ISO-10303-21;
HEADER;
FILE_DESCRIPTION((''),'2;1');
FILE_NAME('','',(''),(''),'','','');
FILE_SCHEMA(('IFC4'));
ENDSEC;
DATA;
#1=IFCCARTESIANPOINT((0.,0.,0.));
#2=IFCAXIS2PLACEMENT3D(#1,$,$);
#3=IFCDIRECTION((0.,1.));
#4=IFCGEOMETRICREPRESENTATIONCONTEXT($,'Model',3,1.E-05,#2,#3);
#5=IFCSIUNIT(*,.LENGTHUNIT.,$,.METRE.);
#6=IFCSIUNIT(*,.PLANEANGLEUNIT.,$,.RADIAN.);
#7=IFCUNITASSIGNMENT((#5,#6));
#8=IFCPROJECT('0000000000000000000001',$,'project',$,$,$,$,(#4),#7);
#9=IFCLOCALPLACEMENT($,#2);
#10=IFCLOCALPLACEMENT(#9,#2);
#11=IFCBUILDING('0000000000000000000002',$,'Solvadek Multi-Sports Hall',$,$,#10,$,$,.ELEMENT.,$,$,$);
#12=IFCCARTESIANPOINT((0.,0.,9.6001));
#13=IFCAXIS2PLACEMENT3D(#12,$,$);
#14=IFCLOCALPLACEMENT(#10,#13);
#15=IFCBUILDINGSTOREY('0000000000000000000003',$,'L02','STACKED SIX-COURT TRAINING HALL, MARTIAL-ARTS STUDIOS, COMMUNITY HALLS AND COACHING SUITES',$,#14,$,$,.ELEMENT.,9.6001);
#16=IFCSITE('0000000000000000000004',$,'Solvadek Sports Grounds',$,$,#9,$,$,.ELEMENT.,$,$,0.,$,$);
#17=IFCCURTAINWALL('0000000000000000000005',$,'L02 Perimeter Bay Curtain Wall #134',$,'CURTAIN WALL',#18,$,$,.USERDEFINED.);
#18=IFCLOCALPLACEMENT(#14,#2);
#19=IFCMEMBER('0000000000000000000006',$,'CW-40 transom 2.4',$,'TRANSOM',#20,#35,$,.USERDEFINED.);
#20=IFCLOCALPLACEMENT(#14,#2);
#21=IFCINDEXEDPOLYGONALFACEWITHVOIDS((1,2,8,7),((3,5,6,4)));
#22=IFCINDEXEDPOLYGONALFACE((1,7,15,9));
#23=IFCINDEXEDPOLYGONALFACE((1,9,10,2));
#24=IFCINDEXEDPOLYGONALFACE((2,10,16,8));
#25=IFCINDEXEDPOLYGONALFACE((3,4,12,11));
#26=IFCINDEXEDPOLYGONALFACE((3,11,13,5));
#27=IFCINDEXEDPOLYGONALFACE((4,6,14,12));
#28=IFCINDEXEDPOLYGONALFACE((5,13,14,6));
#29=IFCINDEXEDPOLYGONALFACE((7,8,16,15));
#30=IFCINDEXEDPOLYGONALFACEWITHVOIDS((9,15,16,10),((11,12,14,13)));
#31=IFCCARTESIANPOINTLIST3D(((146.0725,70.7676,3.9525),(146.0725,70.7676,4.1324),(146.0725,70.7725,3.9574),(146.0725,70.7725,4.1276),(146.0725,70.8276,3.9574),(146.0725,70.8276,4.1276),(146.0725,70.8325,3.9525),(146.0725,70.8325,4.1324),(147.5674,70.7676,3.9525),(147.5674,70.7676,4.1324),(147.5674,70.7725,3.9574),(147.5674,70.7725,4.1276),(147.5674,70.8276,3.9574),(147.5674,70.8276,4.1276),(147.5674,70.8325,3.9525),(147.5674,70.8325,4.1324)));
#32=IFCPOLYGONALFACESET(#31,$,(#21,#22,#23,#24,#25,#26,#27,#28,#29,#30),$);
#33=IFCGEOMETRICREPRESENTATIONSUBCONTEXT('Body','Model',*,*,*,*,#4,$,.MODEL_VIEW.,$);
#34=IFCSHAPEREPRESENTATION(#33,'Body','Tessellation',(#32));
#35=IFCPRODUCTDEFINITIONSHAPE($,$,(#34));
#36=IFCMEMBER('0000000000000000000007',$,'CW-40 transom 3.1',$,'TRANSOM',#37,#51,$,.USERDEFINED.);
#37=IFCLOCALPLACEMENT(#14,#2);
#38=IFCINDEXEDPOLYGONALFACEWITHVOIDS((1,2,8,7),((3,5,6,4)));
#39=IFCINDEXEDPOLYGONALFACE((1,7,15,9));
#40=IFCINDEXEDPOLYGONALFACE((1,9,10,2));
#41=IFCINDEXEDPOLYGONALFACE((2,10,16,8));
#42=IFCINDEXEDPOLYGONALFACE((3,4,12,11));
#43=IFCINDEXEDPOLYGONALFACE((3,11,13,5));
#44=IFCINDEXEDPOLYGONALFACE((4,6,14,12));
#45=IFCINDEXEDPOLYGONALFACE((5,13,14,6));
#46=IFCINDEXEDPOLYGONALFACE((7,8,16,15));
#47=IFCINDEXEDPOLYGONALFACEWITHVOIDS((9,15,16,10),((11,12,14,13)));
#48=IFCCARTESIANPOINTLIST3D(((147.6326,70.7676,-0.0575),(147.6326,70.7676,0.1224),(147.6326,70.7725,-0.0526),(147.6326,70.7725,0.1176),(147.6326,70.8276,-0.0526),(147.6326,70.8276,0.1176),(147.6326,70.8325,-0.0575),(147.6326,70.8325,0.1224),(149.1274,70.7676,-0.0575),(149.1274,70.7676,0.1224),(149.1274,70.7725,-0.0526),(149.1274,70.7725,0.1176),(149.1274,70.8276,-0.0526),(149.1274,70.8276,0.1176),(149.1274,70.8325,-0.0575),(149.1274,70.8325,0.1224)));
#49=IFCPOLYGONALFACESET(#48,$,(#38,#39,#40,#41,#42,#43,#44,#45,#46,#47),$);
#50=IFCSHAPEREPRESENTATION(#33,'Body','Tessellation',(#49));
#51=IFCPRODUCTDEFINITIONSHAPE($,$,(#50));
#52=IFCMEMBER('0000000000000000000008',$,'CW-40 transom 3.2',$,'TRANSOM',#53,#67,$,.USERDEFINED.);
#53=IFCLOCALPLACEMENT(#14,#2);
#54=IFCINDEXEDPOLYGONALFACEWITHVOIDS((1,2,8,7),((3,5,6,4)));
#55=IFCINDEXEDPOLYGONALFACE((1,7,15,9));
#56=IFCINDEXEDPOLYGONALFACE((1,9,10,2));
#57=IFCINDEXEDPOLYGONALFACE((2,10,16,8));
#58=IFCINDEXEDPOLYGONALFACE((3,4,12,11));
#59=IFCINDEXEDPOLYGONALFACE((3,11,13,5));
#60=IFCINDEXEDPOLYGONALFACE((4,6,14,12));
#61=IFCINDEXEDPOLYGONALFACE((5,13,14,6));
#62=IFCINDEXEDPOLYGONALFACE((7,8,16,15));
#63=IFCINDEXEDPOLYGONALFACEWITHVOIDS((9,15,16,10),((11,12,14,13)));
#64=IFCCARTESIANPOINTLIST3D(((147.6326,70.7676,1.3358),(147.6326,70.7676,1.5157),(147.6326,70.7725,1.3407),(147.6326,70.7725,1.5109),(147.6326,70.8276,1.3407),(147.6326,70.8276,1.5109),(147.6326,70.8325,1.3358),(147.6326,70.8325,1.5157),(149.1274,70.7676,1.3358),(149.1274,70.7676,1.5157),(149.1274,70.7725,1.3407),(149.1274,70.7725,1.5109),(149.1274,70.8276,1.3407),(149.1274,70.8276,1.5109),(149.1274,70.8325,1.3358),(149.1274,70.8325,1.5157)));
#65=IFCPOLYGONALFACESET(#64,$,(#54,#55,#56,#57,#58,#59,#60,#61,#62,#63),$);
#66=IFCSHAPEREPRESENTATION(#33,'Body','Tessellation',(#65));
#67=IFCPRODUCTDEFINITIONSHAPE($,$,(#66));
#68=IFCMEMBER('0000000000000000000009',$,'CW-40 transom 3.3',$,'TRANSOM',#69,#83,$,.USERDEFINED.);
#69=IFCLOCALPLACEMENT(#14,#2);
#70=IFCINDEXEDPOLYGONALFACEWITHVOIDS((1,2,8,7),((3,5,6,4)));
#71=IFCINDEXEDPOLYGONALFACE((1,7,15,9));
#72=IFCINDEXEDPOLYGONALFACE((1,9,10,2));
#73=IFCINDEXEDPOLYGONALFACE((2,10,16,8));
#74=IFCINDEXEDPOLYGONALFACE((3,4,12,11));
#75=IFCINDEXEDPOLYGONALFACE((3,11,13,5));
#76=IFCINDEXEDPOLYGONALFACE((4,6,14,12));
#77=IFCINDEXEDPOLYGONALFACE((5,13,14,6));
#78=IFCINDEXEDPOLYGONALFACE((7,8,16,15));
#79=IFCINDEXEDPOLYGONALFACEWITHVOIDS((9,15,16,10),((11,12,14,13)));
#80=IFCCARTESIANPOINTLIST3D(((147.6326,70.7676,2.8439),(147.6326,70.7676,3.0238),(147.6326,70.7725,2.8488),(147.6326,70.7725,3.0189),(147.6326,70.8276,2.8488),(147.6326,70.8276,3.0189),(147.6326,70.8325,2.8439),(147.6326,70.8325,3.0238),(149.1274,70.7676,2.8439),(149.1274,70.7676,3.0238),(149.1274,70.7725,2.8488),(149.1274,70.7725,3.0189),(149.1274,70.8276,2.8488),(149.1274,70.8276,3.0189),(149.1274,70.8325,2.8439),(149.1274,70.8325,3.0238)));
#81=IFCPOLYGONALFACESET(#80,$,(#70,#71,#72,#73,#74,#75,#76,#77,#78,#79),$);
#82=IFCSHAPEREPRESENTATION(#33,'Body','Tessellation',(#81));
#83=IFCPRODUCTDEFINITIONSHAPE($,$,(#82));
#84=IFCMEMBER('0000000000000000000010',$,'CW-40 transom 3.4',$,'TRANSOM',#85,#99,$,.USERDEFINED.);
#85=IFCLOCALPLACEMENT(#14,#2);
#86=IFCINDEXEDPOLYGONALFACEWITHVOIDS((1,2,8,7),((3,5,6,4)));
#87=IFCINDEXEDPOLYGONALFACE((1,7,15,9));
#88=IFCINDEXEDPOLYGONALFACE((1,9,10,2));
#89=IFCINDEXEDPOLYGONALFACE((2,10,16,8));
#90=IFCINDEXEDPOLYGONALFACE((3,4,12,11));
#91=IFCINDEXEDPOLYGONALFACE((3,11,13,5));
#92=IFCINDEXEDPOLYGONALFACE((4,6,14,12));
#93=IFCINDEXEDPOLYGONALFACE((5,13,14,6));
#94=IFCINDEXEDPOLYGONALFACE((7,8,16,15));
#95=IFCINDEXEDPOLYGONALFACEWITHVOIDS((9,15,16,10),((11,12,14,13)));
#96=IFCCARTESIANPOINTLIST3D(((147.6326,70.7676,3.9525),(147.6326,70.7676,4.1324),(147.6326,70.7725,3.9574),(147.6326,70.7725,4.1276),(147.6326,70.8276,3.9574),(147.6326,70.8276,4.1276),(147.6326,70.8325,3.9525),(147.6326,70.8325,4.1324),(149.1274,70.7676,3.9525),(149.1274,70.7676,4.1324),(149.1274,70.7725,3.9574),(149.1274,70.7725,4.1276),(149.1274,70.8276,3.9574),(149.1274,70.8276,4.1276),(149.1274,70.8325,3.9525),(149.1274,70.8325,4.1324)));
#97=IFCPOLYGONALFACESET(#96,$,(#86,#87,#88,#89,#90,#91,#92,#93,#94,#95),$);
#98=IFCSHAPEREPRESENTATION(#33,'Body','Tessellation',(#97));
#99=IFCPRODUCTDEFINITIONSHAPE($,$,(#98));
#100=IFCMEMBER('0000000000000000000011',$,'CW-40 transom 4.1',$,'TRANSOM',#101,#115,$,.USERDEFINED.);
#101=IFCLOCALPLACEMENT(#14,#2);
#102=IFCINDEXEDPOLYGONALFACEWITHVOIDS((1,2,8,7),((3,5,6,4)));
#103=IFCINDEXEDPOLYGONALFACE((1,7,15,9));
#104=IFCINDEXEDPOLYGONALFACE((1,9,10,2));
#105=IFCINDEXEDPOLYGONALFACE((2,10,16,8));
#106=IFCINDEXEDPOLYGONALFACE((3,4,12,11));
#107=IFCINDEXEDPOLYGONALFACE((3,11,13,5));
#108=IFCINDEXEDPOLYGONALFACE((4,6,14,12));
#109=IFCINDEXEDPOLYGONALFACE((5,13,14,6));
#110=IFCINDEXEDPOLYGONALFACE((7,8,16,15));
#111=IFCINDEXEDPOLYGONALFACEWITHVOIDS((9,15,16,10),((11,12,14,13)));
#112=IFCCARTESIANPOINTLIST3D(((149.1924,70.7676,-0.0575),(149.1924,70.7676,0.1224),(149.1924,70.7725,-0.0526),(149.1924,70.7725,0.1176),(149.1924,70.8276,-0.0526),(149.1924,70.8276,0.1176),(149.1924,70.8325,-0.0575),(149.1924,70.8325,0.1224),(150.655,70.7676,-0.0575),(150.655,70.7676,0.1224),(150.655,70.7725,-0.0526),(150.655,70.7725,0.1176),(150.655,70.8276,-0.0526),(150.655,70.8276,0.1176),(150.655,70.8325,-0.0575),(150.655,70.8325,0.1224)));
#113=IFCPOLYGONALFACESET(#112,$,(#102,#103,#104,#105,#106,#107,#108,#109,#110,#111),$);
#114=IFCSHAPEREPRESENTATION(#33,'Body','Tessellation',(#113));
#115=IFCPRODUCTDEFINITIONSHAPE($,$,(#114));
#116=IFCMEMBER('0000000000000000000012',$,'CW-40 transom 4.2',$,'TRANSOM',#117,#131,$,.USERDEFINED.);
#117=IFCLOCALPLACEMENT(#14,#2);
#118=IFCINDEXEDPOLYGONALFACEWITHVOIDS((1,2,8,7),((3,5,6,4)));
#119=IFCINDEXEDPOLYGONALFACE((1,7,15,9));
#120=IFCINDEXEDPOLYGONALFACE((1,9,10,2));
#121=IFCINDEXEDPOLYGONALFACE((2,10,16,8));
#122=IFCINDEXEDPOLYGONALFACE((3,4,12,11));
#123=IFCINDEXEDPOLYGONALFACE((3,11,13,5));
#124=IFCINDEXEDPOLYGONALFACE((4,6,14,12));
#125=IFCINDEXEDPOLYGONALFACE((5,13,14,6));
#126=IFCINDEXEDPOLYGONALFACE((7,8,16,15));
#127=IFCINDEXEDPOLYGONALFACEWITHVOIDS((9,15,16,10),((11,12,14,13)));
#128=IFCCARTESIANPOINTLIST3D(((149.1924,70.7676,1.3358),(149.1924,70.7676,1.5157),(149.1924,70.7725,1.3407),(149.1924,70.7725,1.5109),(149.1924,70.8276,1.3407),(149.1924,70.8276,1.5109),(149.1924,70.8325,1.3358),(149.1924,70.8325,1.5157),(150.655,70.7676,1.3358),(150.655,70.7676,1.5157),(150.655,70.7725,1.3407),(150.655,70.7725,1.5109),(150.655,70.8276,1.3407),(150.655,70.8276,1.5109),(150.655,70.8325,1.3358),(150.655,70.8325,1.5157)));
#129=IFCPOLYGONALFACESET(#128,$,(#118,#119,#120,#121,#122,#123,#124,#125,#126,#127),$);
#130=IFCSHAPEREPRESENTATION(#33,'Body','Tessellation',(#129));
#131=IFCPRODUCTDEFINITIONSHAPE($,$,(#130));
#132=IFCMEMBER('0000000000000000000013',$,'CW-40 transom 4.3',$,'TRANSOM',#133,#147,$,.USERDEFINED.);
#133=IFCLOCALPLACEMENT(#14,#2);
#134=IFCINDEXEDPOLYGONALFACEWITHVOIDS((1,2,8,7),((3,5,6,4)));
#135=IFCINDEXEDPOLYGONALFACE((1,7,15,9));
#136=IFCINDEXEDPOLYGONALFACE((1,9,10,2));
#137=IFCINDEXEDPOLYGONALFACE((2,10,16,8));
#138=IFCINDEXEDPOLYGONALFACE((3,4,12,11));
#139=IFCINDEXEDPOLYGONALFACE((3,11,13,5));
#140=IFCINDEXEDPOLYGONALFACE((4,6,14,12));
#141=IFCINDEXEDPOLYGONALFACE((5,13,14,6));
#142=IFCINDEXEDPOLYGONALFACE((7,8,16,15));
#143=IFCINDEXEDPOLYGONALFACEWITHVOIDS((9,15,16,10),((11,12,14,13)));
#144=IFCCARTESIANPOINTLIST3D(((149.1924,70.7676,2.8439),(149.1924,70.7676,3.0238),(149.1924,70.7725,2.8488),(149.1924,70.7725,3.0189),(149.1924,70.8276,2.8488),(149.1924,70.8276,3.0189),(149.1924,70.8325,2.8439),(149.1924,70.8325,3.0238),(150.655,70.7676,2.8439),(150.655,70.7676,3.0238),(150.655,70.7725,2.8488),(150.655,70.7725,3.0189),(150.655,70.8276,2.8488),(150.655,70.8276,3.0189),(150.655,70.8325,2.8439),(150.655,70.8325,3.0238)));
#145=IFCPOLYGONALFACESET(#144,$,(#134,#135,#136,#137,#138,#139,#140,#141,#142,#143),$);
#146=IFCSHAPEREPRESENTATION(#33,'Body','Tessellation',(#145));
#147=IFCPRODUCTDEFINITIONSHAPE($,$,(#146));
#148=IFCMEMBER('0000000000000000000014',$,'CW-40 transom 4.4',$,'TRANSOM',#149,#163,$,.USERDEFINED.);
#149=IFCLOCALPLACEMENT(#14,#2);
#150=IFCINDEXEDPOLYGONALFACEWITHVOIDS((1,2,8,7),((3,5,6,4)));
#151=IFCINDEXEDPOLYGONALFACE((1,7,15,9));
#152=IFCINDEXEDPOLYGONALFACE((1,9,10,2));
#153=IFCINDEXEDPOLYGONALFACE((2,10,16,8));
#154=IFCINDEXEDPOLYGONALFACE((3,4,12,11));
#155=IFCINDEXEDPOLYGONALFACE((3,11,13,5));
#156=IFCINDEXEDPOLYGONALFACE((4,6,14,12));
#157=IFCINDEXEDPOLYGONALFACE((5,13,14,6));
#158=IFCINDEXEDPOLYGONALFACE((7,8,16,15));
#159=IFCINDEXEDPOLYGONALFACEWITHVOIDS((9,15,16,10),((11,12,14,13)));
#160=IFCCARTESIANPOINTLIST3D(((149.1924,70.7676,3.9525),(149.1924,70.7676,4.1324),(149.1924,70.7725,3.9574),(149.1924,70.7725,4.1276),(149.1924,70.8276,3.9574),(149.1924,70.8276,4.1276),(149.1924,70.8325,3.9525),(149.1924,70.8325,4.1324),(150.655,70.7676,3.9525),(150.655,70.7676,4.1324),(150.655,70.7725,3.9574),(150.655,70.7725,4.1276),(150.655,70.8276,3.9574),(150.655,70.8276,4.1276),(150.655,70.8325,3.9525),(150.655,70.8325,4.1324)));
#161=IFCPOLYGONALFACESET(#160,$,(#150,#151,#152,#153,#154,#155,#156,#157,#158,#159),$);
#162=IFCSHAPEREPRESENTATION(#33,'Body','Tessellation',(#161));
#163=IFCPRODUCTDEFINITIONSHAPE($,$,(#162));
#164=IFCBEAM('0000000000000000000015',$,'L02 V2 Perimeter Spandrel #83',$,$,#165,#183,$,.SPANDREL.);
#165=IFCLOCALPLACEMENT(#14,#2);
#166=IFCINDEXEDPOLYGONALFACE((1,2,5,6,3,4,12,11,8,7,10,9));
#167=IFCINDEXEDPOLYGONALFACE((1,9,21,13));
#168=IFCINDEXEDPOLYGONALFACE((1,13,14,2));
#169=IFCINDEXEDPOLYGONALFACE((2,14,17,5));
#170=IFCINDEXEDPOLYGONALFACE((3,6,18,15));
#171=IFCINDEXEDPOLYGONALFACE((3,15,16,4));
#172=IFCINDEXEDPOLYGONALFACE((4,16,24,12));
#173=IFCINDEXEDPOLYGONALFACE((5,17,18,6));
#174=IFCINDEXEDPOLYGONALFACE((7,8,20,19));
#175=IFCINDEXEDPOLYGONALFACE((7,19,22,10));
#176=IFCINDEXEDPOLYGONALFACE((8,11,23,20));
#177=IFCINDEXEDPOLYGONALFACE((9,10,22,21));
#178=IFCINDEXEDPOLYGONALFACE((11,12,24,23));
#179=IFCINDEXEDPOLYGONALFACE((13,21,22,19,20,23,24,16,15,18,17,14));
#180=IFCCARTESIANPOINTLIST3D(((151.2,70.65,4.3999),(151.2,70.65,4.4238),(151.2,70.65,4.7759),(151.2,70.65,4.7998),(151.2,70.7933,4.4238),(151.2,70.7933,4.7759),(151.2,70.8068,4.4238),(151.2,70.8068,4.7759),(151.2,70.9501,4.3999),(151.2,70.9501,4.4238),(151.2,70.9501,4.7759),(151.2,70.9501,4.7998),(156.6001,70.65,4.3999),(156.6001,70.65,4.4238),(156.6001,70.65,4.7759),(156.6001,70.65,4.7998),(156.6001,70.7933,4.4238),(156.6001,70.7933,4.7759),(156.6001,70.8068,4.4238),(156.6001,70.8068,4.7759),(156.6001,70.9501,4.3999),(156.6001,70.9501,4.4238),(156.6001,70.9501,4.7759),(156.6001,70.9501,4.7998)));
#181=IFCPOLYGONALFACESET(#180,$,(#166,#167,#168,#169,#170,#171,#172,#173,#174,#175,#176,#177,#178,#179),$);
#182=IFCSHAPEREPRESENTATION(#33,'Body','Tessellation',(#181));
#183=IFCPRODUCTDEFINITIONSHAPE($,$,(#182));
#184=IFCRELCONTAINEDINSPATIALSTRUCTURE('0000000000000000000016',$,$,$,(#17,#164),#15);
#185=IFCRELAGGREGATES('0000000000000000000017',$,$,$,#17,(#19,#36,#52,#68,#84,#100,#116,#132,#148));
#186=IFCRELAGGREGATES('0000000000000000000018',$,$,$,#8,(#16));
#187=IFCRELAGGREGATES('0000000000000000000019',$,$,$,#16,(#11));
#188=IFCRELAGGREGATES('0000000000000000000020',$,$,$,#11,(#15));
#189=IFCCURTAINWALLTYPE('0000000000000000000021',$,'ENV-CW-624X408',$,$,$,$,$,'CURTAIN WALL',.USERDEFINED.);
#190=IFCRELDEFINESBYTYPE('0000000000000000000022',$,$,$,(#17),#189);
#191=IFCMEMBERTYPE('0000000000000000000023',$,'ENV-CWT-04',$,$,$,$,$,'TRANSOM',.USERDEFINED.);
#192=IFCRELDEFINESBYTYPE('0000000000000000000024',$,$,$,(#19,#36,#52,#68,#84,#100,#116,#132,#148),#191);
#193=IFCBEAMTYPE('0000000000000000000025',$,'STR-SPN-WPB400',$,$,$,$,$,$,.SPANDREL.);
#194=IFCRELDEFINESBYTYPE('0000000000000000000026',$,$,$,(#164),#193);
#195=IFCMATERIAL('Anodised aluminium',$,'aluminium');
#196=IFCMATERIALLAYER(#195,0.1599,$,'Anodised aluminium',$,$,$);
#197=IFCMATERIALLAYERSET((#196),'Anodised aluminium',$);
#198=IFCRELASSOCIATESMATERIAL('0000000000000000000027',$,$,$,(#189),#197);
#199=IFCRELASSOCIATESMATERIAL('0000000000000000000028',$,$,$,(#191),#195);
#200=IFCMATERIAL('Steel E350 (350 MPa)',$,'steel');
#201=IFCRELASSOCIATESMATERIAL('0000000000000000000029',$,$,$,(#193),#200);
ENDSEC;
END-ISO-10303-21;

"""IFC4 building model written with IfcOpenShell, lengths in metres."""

from ifc_helpers import new_model, si_unit, direction, frame, origin, origin_2d, place, context, subcontext, project, spatial, hollow_rectangle, i_section, extrude, material, layer, layer_set, material_profile, profile_set, type_object, element, aggregate, save


model = new_model("IFC4")

# Units and contexts
model_context = context("Model", 3, precision=1e-05, world=origin(), true_north=direction((0.0, 1.0)))
body_context = subcontext(model_context, "Body", "Model", "MODEL_VIEW")
ifc_project = project(units=[si_unit("LENGTHUNIT", "METRE"), si_unit("PLANEANGLEUNIT", "RADIAN")], contexts=[model_context])

# Site, building, storey
site_placement = place(None, origin())
site = spatial("IfcSite", under=ifc_project, at=site_placement, Name="Solvadek Sports Grounds", CompositionType="ELEMENT", RefElevation=0.0)
building_placement = place(site_placement, origin())
building = spatial("IfcBuilding", under=site, at=building_placement, Name="Solvadek Multi-Sports Hall", CompositionType="ELEMENT")
storey_placement = place(building_placement, frame((0.0, 0.0, 9.6001)))
storey = spatial("IfcBuildingStorey", under=building, at=storey_placement, Name="L02", Description="STACKED SIX-COURT TRAINING HALL, MARTIAL-ARTS STUDIOS, COMMUNITY HALLS AND COACHING SUITES", CompositionType="ELEMENT", Elevation=9.6001)

# Shared definitions
ifc_material_1 = material(Name="Steel E350 (350 MPa)", Category="steel")

# Curtain wall
ifc_material_2 = material(Name="Anodised aluminium", Category="aluminium")
ifc_layer_1 = layer(ifc_material_2, 0.1599, Name="Anodised aluminium")
ifc_layer_set_1 = layer_set([ifc_layer_1], Name="Anodised aluminium")
curtain_wall_type_1 = type_object("IfcCurtainWallType", Name="ENV-CW-624X408", ElementType="CURTAIN WALL", PredefinedType="USERDEFINED", material=ifc_layer_set_1)
curtain_wall_1_placement = place(storey_placement, origin())
curtain_wall_1 = element("IfcCurtainWall", 1, at=curtain_wall_1_placement, inside=storey, type_object=curtain_wall_type_1, Name="L02 Perimeter Bay Curtain Wall #134", ObjectType="CURTAIN WALL", PredefinedType="USERDEFINED")

# Members
ifc_material_profile_1 = material_profile(ifc_material_2, hollow_rectangle(XDim=0.0649, YDim=0.1799, WallThickness=0.0049, at=origin_2d()), Name="ALU-T 180x65x5")
ifc_profile_set_1 = profile_set([ifc_material_profile_1], Name="Anodised aluminium")
member_type_1 = type_object("IfcMemberType", Name="ENV-CWT-04", ElementType="TRANSOM", PredefinedType="USERDEFINED", material=ifc_profile_set_1)
member_1_placement = place(storey_placement, frame((146.0725, 70.8, 4.0425), z_axis=(1.0, 0.0, 0.0), x_axis=(0.0, 1.0, 0.0)))
member_1 = element("IfcMember", 2, at=member_1_placement, type_object=member_type_1, Name="CW-40 transom 2.4", ObjectType="TRANSOM", PredefinedType="USERDEFINED", context=body_context, shape_type="SweptSolid", body=[
    extrude(hollow_rectangle(XDim=0.0649, YDim=0.1799, WallThickness=0.0049, at=origin_2d()), origin(), (0.0, 0.0, 1.0), 1.4949),
])
member_2_placement = place(storey_placement, frame((147.6326, 70.8, 0.0325), z_axis=(1.0, 0.0, 0.0), x_axis=(0.0, 1.0, 0.0)))
member_2 = element("IfcMember", 3, at=member_2_placement, type_object=member_type_1, Name="CW-40 transom 3.1", ObjectType="TRANSOM", PredefinedType="USERDEFINED", context=body_context, shape_type="SweptSolid", body=[
    extrude(hollow_rectangle(XDim=0.0649, YDim=0.1799, WallThickness=0.0049, at=origin_2d()), origin(), (0.0, 0.0, 1.0), 1.4949),
])
member_3_placement = place(storey_placement, frame((147.6326, 70.8, 1.4258), z_axis=(1.0, 0.0, 0.0), x_axis=(0.0, 1.0, 0.0)))
member_3 = element("IfcMember", 4, at=member_3_placement, type_object=member_type_1, Name="CW-40 transom 3.2", ObjectType="TRANSOM", PredefinedType="USERDEFINED", context=body_context, shape_type="SweptSolid", body=[
    extrude(hollow_rectangle(XDim=0.0649, YDim=0.1799, WallThickness=0.0049, at=origin_2d()), origin(), (0.0, 0.0, 1.0), 1.4949),
])
member_4_placement = place(storey_placement, frame((147.6326, 70.8, 2.9338), z_axis=(1.0, 0.0, 0.0), x_axis=(0.0, 1.0, 0.0)))
member_4 = element("IfcMember", 5, at=member_4_placement, type_object=member_type_1, Name="CW-40 transom 3.3", ObjectType="TRANSOM", PredefinedType="USERDEFINED", context=body_context, shape_type="SweptSolid", body=[
    extrude(hollow_rectangle(XDim=0.0649, YDim=0.1799, WallThickness=0.0049, at=origin_2d()), origin(), (0.0, 0.0, 1.0), 1.4949),
])
member_5_placement = place(storey_placement, frame((147.6326, 70.8, 4.0425), z_axis=(1.0, 0.0, 0.0), x_axis=(0.0, 1.0, 0.0)))
member_5 = element("IfcMember", 6, at=member_5_placement, type_object=member_type_1, Name="CW-40 transom 3.4", ObjectType="TRANSOM", PredefinedType="USERDEFINED", context=body_context, shape_type="SweptSolid", body=[
    extrude(hollow_rectangle(XDim=0.0649, YDim=0.1799, WallThickness=0.0049, at=origin_2d()), origin(), (0.0, 0.0, 1.0), 1.4949),
])
member_6_placement = place(storey_placement, frame((149.1924, 70.8, 0.0325), z_axis=(1.0, 0.0, 0.0), x_axis=(0.0, 1.0, 0.0)))
member_6 = element("IfcMember", 7, at=member_6_placement, type_object=member_type_1, Name="CW-40 transom 4.1", ObjectType="TRANSOM", PredefinedType="USERDEFINED", context=body_context, shape_type="SweptSolid", body=[
    extrude(hollow_rectangle(XDim=0.0649, YDim=0.1799, WallThickness=0.0049, at=origin_2d()), origin(), (0.0, 0.0, 1.0), 1.4626),
])
member_7_placement = place(storey_placement, frame((149.1924, 70.8, 1.4258), z_axis=(1.0, 0.0, 0.0), x_axis=(0.0, 1.0, 0.0)))
member_7 = element("IfcMember", 8, at=member_7_placement, type_object=member_type_1, Name="CW-40 transom 4.2", ObjectType="TRANSOM", PredefinedType="USERDEFINED", context=body_context, shape_type="SweptSolid", body=[
    extrude(hollow_rectangle(XDim=0.0649, YDim=0.1799, WallThickness=0.0049, at=origin_2d()), origin(), (0.0, 0.0, 1.0), 1.4626),
])
member_8_placement = place(storey_placement, frame((149.1924, 70.8, 2.9338), z_axis=(1.0, 0.0, 0.0), x_axis=(0.0, 1.0, 0.0)))
member_8 = element("IfcMember", 9, at=member_8_placement, type_object=member_type_1, Name="CW-40 transom 4.3", ObjectType="TRANSOM", PredefinedType="USERDEFINED", context=body_context, shape_type="SweptSolid", body=[
    extrude(hollow_rectangle(XDim=0.0649, YDim=0.1799, WallThickness=0.0049, at=origin_2d()), origin(), (0.0, 0.0, 1.0), 1.4626),
])
member_9_placement = place(storey_placement, frame((149.1924, 70.8, 4.0425), z_axis=(1.0, 0.0, 0.0), x_axis=(0.0, 1.0, 0.0)))
member_9 = element("IfcMember", 10, at=member_9_placement, type_object=member_type_1, Name="CW-40 transom 4.4", ObjectType="TRANSOM", PredefinedType="USERDEFINED", context=body_context, shape_type="SweptSolid", body=[
    extrude(hollow_rectangle(XDim=0.0649, YDim=0.1799, WallThickness=0.0049, at=origin_2d()), origin(), (0.0, 0.0, 1.0), 1.4626),
])

# Beam
ifc_material_profile_2 = material_profile(ifc_material_1, i_section(OverallWidth=0.3, OverallDepth=0.3999, WebThickness=0.0134, FlangeThickness=0.0239, at=origin_2d()), Name="WPB 400")
ifc_profile_set_2 = profile_set([ifc_material_profile_2], Name="Steel E350 (350 MPa)")
beam_type = type_object("IfcBeamType", Name="STR-SPN-WPB400", PredefinedType="SPANDREL", material=ifc_profile_set_2)
beam_placement = place(storey_placement, frame((151.2, 70.8, 4.5999), z_axis=(1.0, 0.0, 0.0), x_axis=(0.0, 1.0, 0.0)))
element("IfcBeam", 11, at=beam_placement, inside=storey, type_object=beam_type, Name="L02 V2 Perimeter Spandrel #83", PredefinedType="SPANDREL", context=body_context, shape_type="SweptSolid", body=[
    extrude(i_section(OverallWidth=0.3, OverallDepth=0.3999, WebThickness=0.0134, FlangeThickness=0.0239, at=origin_2d()), origin(), (0.0, 0.0, 1.0), 5.4001),
])

aggregate(curtain_wall_1, [member_1, member_2, member_3, member_4, member_5, member_6, member_7, member_8, member_9])

save(model, "model.ifc")
